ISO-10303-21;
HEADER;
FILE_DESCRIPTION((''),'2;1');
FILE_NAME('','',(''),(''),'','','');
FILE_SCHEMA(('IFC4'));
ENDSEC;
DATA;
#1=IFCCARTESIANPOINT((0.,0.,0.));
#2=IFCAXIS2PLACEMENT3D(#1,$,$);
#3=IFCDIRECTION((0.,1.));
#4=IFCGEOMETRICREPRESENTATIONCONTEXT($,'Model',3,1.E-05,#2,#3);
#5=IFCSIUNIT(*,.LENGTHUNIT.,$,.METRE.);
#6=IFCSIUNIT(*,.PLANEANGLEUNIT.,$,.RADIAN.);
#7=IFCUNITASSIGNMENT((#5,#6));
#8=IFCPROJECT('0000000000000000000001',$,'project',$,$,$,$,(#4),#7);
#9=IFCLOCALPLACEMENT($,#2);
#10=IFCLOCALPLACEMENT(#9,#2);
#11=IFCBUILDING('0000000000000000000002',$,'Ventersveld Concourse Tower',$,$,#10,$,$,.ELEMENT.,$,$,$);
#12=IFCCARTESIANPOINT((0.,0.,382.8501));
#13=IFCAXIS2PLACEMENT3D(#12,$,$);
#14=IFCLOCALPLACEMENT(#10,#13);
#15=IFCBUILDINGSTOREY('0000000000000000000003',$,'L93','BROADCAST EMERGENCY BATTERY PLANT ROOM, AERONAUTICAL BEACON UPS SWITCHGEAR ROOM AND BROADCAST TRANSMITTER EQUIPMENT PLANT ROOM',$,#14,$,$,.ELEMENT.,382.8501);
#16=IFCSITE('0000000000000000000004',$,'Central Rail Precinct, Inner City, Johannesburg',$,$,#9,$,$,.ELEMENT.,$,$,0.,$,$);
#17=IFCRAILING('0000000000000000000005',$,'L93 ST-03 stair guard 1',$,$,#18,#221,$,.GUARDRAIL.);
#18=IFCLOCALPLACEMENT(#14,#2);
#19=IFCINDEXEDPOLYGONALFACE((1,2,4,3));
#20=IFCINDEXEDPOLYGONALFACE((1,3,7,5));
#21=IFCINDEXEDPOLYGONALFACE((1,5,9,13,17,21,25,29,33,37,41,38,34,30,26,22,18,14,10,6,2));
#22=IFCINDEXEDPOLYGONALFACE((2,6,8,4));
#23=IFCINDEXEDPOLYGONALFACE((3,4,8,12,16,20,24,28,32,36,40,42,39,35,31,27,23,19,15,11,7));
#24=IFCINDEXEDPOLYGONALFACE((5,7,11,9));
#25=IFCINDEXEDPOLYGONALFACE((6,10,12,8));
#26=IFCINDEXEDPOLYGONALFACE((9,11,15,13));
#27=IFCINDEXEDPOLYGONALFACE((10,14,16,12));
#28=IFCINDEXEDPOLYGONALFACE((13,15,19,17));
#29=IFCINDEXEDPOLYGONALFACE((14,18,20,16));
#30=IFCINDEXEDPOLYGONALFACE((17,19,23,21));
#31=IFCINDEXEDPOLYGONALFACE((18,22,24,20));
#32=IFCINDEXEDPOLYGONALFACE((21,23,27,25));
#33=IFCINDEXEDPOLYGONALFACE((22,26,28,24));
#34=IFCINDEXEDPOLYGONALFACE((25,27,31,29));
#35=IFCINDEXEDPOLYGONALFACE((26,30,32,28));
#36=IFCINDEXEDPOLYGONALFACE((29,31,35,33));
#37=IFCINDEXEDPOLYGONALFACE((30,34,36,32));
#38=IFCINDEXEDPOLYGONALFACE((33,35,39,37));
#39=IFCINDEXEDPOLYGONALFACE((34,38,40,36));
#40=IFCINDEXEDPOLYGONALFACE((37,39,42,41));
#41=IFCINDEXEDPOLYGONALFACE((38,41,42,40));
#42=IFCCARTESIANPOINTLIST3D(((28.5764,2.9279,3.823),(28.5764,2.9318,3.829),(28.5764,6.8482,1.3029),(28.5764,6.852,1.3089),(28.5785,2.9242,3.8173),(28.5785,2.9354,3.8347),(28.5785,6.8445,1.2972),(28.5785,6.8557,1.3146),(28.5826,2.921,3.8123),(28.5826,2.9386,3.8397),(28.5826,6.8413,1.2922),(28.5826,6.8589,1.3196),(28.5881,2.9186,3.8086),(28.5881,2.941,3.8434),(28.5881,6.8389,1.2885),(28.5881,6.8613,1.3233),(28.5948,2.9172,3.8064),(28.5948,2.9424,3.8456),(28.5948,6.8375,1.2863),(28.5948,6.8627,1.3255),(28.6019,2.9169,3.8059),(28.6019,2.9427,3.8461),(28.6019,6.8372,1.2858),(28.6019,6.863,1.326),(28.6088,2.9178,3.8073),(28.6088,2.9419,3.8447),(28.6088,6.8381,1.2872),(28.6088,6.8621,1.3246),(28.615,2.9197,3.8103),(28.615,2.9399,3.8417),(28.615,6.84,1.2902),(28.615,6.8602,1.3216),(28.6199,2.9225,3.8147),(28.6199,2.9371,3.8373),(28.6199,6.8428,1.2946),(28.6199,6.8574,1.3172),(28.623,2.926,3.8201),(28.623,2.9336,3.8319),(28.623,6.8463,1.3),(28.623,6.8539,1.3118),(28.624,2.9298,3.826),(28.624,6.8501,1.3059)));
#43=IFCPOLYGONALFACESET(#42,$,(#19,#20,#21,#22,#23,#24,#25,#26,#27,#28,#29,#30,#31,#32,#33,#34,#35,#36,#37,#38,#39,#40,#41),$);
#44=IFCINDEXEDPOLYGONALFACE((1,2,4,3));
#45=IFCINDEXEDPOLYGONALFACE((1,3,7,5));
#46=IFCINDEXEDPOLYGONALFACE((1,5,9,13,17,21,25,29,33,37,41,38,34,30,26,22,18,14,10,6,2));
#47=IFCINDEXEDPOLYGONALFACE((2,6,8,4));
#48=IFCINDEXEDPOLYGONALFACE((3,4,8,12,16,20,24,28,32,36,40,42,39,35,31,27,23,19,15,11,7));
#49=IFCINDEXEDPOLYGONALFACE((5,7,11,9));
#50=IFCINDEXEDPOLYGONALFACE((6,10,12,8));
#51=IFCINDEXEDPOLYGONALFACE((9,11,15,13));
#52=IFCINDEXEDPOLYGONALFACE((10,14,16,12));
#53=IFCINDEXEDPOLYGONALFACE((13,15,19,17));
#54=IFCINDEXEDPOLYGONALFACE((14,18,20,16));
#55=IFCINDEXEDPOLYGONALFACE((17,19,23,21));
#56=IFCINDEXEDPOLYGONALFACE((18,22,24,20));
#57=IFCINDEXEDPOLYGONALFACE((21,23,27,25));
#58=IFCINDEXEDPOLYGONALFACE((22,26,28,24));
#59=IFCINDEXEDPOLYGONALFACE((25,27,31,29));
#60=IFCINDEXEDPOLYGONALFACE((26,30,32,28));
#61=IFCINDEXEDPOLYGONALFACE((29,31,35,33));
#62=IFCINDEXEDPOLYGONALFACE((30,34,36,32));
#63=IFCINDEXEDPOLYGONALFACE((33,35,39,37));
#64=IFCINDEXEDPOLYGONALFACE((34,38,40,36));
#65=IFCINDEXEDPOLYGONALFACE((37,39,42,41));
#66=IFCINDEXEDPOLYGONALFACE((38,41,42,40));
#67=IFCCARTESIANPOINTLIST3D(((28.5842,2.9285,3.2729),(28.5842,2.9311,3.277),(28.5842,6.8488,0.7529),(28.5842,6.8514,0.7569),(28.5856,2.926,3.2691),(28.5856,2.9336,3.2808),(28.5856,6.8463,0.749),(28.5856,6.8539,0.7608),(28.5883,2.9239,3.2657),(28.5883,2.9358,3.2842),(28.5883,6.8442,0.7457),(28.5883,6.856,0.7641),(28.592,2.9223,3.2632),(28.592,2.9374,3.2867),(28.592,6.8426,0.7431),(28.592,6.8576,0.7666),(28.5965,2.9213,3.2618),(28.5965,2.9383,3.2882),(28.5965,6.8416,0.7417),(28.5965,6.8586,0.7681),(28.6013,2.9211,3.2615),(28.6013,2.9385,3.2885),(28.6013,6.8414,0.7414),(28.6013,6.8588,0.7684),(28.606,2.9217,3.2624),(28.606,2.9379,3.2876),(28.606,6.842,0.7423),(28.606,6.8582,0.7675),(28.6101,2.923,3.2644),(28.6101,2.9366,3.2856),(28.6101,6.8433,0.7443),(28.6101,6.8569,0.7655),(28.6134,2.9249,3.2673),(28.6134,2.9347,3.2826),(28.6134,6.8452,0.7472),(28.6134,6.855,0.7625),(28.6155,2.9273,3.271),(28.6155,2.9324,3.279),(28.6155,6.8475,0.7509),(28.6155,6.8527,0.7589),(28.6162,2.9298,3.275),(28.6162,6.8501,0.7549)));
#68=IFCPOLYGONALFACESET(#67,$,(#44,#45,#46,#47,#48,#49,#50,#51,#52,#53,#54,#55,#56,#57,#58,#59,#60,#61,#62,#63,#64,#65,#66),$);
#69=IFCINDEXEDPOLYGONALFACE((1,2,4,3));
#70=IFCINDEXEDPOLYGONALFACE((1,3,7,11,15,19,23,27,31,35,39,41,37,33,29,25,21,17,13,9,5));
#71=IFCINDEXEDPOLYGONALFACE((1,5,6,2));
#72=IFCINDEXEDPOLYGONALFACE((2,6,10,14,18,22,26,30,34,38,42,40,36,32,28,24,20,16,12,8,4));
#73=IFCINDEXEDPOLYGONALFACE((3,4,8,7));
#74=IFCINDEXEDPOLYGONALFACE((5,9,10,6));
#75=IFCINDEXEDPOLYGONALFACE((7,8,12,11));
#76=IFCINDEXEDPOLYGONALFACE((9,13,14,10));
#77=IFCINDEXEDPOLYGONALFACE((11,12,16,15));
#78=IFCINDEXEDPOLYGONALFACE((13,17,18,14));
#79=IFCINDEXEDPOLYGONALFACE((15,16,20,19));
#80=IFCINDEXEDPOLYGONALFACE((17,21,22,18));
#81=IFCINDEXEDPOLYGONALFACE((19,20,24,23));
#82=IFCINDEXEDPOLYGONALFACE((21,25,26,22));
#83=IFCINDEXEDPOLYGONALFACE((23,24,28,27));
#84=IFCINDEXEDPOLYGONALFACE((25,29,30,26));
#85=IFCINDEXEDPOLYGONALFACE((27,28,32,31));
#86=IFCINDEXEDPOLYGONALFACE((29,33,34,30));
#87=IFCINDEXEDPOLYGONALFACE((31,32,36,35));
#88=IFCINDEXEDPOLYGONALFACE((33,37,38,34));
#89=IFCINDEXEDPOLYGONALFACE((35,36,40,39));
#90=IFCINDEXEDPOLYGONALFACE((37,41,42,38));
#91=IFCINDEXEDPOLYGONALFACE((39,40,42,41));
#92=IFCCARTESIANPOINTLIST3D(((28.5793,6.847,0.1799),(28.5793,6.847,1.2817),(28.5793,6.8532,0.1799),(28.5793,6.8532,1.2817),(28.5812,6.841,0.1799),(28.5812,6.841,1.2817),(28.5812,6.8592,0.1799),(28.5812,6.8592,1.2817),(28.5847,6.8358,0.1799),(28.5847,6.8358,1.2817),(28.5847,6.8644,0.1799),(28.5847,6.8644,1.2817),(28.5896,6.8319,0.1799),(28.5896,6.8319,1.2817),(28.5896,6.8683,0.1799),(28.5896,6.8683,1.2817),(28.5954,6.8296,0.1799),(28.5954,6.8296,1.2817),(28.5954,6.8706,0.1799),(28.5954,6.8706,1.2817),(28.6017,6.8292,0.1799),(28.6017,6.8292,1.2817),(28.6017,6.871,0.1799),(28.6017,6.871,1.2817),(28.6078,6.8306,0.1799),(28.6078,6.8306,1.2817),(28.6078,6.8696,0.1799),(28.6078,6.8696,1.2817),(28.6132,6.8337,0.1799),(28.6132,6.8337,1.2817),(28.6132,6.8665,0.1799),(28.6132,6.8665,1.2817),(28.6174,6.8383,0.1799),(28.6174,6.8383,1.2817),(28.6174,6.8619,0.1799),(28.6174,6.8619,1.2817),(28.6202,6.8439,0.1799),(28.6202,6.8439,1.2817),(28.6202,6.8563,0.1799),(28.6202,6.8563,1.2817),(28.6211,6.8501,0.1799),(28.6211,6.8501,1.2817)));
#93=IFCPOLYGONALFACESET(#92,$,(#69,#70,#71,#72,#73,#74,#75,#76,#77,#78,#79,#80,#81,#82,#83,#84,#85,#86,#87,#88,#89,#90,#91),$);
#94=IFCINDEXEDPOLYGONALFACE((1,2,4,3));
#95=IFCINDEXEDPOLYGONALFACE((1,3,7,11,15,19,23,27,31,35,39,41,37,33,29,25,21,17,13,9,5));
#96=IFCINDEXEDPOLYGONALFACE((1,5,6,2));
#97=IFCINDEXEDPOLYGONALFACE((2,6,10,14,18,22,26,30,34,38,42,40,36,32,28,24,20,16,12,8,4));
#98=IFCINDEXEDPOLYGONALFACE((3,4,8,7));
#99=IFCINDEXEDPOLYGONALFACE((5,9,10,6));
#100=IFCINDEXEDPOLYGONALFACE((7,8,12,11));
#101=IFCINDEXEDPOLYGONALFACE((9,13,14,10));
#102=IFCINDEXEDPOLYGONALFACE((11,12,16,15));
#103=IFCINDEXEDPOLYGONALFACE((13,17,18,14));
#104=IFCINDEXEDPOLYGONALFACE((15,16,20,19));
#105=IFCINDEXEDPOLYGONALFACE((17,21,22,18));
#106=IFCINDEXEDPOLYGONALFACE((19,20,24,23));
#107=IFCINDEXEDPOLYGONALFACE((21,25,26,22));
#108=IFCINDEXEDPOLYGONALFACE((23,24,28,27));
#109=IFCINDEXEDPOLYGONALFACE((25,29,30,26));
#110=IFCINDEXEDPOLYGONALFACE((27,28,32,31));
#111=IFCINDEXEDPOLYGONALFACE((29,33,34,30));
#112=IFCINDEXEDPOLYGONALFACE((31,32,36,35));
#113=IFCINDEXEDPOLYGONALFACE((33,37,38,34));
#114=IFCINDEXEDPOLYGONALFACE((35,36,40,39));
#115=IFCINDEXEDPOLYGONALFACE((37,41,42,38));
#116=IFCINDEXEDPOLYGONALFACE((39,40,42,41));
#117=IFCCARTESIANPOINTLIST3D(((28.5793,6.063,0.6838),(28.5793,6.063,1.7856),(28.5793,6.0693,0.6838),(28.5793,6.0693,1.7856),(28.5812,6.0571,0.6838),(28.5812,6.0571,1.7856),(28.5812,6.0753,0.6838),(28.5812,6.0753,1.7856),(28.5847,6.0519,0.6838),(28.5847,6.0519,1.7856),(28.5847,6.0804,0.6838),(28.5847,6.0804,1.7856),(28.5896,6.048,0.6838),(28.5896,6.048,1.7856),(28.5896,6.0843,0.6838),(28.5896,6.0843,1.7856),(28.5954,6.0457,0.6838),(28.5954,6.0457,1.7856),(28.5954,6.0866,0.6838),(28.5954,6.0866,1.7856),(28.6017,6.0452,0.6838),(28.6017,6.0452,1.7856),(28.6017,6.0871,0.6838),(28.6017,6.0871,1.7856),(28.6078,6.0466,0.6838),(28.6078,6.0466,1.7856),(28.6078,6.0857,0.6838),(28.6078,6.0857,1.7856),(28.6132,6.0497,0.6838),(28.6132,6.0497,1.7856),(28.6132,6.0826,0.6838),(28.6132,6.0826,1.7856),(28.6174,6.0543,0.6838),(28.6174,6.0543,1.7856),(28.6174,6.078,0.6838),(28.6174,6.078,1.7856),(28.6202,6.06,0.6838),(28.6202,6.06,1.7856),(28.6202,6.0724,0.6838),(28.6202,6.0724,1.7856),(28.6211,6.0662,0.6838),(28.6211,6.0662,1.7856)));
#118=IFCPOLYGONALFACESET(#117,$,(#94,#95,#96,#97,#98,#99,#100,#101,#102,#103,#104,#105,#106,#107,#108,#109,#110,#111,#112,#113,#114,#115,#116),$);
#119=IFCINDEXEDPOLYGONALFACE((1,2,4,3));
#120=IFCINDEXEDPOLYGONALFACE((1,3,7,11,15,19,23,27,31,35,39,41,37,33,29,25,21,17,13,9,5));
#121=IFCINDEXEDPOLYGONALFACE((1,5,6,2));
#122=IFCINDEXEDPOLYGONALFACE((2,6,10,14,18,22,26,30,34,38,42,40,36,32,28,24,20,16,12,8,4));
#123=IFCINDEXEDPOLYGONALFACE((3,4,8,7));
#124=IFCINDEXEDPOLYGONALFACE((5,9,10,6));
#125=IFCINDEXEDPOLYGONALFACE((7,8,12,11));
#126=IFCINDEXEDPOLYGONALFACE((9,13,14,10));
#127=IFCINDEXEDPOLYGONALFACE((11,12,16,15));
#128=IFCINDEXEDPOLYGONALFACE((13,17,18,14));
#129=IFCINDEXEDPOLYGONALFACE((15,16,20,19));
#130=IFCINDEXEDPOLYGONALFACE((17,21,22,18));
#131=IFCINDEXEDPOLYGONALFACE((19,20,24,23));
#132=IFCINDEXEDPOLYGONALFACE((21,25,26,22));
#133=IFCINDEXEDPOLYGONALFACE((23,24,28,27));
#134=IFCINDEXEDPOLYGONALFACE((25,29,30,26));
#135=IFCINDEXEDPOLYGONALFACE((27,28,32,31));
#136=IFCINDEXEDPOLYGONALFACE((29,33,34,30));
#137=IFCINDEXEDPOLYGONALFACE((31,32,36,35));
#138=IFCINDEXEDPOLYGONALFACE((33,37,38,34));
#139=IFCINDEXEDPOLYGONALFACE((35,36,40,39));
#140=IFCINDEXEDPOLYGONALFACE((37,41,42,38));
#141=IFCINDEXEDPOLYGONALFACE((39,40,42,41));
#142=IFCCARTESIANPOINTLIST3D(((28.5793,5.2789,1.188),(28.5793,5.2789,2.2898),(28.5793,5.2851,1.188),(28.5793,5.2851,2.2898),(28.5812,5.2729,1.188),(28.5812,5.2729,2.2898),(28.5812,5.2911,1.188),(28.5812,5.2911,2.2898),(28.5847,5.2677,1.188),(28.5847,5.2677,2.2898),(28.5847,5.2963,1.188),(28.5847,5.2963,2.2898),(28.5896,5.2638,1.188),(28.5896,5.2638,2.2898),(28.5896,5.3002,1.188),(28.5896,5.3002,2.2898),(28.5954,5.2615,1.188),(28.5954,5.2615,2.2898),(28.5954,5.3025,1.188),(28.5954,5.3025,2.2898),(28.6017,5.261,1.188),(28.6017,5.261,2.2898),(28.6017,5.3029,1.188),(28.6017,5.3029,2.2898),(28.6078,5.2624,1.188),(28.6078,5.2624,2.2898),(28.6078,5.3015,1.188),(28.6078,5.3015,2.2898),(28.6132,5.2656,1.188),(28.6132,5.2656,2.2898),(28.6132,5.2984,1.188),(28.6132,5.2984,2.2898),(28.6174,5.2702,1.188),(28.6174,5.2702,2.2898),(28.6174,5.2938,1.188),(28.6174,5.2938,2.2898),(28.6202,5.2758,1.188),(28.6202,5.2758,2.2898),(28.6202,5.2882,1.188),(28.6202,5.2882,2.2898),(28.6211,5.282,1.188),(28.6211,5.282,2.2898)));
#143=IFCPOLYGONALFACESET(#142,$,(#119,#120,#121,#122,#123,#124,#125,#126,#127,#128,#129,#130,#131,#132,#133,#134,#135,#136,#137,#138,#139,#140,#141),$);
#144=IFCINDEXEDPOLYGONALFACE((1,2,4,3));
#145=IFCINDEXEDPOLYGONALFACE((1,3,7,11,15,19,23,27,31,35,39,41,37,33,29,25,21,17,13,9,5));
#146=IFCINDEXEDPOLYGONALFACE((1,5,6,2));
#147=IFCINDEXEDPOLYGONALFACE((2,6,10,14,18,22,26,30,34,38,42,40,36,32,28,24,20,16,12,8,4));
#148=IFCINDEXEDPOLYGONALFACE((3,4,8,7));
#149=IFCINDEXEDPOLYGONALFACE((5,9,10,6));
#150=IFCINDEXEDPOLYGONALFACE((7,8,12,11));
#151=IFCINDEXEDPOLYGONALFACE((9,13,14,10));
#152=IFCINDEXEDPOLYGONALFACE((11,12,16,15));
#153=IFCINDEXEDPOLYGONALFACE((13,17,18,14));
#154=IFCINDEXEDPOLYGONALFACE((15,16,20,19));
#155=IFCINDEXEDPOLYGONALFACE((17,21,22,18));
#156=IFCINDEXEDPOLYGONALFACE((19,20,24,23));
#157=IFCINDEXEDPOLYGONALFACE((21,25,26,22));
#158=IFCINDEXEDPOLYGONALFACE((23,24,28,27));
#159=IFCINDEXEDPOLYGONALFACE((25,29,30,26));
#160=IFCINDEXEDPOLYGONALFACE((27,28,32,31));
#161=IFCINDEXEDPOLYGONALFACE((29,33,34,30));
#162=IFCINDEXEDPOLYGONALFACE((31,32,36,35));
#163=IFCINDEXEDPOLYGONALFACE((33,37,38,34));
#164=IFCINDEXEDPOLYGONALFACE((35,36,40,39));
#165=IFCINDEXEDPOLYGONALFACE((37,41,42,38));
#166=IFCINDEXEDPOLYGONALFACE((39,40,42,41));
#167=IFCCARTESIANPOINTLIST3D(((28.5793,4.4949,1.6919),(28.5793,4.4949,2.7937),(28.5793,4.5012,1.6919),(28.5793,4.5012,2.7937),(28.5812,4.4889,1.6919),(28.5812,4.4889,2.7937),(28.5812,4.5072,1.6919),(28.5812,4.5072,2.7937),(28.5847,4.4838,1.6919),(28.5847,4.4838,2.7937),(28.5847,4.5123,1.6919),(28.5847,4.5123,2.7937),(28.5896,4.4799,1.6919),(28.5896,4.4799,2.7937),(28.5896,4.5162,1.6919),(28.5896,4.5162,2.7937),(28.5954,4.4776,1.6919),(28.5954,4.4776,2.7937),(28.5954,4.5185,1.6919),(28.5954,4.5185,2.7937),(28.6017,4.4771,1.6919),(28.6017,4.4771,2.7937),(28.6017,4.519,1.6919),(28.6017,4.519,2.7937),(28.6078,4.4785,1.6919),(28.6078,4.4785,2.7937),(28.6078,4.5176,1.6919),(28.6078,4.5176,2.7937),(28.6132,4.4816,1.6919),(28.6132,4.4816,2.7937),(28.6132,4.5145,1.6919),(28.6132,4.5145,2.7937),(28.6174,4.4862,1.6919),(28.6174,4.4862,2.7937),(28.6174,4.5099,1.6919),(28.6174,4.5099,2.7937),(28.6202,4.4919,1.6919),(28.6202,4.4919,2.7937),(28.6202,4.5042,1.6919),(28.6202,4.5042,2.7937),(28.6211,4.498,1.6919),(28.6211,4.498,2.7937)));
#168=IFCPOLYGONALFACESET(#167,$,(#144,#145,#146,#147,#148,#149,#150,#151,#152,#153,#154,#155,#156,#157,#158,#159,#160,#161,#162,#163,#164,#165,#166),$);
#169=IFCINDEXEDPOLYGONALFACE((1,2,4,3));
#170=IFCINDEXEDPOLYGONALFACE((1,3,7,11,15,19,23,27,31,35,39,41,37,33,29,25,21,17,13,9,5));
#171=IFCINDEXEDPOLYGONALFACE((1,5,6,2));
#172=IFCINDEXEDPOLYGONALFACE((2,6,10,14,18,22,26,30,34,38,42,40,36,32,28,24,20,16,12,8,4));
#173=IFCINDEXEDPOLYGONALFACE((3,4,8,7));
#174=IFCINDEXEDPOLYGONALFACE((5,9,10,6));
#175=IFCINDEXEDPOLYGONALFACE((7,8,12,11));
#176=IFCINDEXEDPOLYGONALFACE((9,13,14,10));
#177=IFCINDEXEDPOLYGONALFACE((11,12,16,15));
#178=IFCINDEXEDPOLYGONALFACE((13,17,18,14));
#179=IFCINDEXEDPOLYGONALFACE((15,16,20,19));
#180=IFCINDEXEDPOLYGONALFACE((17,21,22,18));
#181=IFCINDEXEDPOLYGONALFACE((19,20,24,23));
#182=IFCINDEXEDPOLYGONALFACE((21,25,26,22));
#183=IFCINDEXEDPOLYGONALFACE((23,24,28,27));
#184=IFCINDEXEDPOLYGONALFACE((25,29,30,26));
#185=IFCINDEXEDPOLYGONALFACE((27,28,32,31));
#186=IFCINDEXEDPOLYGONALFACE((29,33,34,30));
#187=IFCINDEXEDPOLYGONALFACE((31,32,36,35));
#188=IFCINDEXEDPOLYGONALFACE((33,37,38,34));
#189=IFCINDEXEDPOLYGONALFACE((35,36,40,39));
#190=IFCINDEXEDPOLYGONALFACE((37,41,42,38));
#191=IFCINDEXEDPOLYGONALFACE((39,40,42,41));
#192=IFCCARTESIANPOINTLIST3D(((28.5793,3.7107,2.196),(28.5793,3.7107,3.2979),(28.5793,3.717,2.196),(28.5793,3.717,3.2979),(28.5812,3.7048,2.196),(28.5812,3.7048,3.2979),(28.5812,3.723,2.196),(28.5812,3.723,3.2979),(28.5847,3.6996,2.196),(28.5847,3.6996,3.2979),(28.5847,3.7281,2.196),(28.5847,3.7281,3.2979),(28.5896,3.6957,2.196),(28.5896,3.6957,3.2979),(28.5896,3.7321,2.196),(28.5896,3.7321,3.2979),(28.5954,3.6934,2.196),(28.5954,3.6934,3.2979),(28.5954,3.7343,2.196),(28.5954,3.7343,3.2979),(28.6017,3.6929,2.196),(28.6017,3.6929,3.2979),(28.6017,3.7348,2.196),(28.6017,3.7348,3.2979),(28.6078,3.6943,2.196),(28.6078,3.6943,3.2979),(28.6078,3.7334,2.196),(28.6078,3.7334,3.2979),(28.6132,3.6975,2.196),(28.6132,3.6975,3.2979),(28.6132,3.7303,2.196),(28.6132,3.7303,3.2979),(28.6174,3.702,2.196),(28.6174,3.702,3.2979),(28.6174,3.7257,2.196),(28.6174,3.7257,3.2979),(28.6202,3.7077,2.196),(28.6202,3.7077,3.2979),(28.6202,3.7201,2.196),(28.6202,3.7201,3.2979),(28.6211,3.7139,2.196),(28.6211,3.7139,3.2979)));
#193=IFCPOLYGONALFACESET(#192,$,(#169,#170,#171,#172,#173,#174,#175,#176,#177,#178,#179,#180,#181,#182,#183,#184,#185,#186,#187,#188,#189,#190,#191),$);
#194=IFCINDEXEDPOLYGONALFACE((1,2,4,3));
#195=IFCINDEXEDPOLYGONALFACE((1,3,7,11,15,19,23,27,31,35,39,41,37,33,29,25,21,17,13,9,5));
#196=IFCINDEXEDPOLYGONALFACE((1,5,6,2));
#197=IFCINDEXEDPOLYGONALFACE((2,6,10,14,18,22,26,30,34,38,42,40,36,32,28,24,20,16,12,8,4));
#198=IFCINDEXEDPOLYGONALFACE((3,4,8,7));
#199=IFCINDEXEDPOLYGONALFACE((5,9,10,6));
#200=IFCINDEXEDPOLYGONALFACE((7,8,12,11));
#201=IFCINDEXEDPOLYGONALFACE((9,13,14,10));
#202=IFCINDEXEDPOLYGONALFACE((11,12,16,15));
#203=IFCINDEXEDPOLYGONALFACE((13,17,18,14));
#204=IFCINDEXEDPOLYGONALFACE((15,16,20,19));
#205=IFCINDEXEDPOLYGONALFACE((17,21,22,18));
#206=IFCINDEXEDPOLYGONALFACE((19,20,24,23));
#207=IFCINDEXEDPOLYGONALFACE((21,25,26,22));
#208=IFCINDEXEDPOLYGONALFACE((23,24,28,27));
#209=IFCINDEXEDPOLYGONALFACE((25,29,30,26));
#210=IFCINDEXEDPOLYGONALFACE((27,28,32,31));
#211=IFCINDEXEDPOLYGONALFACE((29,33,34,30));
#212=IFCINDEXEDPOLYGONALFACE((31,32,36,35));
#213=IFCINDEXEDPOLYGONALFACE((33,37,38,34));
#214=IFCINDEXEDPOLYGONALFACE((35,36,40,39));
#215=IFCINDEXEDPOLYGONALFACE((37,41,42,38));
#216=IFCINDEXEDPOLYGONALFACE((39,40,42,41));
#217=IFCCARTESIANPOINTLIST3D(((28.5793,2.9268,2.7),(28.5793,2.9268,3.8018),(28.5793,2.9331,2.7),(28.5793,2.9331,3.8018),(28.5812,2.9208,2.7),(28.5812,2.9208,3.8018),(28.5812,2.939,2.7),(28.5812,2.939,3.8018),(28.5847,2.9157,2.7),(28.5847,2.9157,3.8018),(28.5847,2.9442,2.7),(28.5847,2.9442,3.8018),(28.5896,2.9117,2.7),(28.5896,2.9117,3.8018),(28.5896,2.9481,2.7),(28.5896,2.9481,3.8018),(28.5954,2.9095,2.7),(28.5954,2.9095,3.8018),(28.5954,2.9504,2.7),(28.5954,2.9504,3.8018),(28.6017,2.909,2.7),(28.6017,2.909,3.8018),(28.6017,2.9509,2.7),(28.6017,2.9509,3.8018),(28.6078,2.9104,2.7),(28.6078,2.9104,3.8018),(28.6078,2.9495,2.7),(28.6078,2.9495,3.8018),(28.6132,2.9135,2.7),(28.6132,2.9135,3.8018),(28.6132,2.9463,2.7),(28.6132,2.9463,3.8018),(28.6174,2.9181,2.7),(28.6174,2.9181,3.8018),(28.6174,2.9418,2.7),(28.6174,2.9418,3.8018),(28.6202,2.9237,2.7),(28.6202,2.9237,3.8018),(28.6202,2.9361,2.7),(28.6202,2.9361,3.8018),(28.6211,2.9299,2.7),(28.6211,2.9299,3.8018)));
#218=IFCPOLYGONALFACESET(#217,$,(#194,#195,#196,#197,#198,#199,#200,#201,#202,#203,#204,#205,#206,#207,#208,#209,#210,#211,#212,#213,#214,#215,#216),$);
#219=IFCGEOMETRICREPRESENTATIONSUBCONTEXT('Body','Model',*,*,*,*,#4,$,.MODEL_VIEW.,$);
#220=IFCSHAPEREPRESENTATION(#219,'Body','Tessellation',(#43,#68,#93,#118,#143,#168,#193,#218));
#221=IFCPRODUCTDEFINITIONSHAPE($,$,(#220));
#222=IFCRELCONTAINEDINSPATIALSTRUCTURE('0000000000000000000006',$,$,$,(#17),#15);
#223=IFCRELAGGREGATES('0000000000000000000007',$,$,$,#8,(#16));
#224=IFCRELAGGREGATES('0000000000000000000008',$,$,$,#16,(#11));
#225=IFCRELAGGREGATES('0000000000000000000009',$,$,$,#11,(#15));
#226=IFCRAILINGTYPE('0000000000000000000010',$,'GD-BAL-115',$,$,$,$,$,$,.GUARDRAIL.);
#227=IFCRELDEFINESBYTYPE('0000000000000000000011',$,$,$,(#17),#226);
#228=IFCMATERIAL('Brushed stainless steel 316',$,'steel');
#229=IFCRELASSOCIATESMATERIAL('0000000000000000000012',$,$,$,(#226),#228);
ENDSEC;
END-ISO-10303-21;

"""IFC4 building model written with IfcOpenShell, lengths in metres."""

from ifc_helpers import new_model, si_unit, direction, frame, origin, origin_2d, place, context, subcontext, project, spatial, circle, extrude, material, type_object, element, save


model = new_model("IFC4")

# Units and contexts
model_context = context("Model", 3, precision=1e-05, world=origin(), true_north=direction((0.0, 1.0)))
body_context = subcontext(model_context, "Body", "Model", "MODEL_VIEW")
ifc_project = project(units=[si_unit("LENGTHUNIT", "METRE"), si_unit("PLANEANGLEUNIT", "RADIAN")], contexts=[model_context])

# Site, building, storey
site_placement = place(None, origin())
site = spatial("IfcSite", under=ifc_project, at=site_placement, Name="Central Rail Precinct, Inner City, Johannesburg", CompositionType="ELEMENT", RefElevation=0.0)
building_placement = place(site_placement, origin())
building = spatial("IfcBuilding", under=site, at=building_placement, Name="Ventersveld Concourse Tower", CompositionType="ELEMENT")
storey_placement = place(building_placement, frame((0.0, 0.0, 382.8501)))
storey = spatial("IfcBuildingStorey", under=building, at=storey_placement, Name="L93", Description="BROADCAST EMERGENCY BATTERY PLANT ROOM, AERONAUTICAL BEACON UPS SWITCHGEAR ROOM AND BROADCAST TRANSMITTER EQUIPMENT PLANT ROOM", CompositionType="ELEMENT", Elevation=382.8501)

# Shared definitions
ifc_material_1 = material(Name="Brushed stainless steel 316", Category="steel")

# Railing
railing_type_1 = type_object("IfcRailingType", Name="GD-BAL-115", PredefinedType="GUARDRAIL", material=ifc_material_1)
railing_1_placement = place(storey_placement, frame((28.6001, 6.8501, 0.1799)))
element("IfcRailing", 1, at=railing_1_placement, inside=storey, type_object=railing_type_1, Name="L93 ST-03 stair guard 1", PredefinedType="GUARDRAIL", context=body_context, shape_type="SweptSolid", body=[
    extrude(circle(Radius=0.0239, at=origin_2d()), frame((0.0, 0.0, 1.126), z_axis=(0.0, -0.841187, 0.540744), x_axis=(1.0, 0.0, 0.0)), (0.0, 0.0, 1.0), 4.6604),
    extrude(circle(Radius=0.0161, at=origin_2d()), frame((0.0, 0.0, 0.575), z_axis=(0.0, -0.841187, 0.540744), x_axis=(1.0, 0.0, 0.0)), (0.0, 0.0, 1.0), 4.6604),
    extrude(circle(Radius=0.021, at=origin_2d()), origin(), (0.0, 0.0, 1.0), 1.1018),
    extrude(circle(Radius=0.021, at=origin_2d()), frame((0.0, -0.7839, 0.5039)), (0.0, 0.0, 1.0), 1.1018),
    extrude(circle(Radius=0.021, at=origin_2d()), frame((0.0, -1.5681, 1.0081)), (0.0, 0.0, 1.0), 1.1018),
    extrude(circle(Radius=0.021, at=origin_2d()), frame((0.0, -2.3521, 1.512)), (0.0, 0.0, 1.0), 1.1018),
    extrude(circle(Radius=0.021, at=origin_2d()), frame((0.0, -3.1362, 2.0161)), (0.0, 0.0, 1.0), 1.1018),
    extrude(circle(Radius=0.021, at=origin_2d()), frame((0.0, -3.9202, 2.52)), (0.0, 0.0, 1.0), 1.1018),
])

save(model, "model.ifc")
